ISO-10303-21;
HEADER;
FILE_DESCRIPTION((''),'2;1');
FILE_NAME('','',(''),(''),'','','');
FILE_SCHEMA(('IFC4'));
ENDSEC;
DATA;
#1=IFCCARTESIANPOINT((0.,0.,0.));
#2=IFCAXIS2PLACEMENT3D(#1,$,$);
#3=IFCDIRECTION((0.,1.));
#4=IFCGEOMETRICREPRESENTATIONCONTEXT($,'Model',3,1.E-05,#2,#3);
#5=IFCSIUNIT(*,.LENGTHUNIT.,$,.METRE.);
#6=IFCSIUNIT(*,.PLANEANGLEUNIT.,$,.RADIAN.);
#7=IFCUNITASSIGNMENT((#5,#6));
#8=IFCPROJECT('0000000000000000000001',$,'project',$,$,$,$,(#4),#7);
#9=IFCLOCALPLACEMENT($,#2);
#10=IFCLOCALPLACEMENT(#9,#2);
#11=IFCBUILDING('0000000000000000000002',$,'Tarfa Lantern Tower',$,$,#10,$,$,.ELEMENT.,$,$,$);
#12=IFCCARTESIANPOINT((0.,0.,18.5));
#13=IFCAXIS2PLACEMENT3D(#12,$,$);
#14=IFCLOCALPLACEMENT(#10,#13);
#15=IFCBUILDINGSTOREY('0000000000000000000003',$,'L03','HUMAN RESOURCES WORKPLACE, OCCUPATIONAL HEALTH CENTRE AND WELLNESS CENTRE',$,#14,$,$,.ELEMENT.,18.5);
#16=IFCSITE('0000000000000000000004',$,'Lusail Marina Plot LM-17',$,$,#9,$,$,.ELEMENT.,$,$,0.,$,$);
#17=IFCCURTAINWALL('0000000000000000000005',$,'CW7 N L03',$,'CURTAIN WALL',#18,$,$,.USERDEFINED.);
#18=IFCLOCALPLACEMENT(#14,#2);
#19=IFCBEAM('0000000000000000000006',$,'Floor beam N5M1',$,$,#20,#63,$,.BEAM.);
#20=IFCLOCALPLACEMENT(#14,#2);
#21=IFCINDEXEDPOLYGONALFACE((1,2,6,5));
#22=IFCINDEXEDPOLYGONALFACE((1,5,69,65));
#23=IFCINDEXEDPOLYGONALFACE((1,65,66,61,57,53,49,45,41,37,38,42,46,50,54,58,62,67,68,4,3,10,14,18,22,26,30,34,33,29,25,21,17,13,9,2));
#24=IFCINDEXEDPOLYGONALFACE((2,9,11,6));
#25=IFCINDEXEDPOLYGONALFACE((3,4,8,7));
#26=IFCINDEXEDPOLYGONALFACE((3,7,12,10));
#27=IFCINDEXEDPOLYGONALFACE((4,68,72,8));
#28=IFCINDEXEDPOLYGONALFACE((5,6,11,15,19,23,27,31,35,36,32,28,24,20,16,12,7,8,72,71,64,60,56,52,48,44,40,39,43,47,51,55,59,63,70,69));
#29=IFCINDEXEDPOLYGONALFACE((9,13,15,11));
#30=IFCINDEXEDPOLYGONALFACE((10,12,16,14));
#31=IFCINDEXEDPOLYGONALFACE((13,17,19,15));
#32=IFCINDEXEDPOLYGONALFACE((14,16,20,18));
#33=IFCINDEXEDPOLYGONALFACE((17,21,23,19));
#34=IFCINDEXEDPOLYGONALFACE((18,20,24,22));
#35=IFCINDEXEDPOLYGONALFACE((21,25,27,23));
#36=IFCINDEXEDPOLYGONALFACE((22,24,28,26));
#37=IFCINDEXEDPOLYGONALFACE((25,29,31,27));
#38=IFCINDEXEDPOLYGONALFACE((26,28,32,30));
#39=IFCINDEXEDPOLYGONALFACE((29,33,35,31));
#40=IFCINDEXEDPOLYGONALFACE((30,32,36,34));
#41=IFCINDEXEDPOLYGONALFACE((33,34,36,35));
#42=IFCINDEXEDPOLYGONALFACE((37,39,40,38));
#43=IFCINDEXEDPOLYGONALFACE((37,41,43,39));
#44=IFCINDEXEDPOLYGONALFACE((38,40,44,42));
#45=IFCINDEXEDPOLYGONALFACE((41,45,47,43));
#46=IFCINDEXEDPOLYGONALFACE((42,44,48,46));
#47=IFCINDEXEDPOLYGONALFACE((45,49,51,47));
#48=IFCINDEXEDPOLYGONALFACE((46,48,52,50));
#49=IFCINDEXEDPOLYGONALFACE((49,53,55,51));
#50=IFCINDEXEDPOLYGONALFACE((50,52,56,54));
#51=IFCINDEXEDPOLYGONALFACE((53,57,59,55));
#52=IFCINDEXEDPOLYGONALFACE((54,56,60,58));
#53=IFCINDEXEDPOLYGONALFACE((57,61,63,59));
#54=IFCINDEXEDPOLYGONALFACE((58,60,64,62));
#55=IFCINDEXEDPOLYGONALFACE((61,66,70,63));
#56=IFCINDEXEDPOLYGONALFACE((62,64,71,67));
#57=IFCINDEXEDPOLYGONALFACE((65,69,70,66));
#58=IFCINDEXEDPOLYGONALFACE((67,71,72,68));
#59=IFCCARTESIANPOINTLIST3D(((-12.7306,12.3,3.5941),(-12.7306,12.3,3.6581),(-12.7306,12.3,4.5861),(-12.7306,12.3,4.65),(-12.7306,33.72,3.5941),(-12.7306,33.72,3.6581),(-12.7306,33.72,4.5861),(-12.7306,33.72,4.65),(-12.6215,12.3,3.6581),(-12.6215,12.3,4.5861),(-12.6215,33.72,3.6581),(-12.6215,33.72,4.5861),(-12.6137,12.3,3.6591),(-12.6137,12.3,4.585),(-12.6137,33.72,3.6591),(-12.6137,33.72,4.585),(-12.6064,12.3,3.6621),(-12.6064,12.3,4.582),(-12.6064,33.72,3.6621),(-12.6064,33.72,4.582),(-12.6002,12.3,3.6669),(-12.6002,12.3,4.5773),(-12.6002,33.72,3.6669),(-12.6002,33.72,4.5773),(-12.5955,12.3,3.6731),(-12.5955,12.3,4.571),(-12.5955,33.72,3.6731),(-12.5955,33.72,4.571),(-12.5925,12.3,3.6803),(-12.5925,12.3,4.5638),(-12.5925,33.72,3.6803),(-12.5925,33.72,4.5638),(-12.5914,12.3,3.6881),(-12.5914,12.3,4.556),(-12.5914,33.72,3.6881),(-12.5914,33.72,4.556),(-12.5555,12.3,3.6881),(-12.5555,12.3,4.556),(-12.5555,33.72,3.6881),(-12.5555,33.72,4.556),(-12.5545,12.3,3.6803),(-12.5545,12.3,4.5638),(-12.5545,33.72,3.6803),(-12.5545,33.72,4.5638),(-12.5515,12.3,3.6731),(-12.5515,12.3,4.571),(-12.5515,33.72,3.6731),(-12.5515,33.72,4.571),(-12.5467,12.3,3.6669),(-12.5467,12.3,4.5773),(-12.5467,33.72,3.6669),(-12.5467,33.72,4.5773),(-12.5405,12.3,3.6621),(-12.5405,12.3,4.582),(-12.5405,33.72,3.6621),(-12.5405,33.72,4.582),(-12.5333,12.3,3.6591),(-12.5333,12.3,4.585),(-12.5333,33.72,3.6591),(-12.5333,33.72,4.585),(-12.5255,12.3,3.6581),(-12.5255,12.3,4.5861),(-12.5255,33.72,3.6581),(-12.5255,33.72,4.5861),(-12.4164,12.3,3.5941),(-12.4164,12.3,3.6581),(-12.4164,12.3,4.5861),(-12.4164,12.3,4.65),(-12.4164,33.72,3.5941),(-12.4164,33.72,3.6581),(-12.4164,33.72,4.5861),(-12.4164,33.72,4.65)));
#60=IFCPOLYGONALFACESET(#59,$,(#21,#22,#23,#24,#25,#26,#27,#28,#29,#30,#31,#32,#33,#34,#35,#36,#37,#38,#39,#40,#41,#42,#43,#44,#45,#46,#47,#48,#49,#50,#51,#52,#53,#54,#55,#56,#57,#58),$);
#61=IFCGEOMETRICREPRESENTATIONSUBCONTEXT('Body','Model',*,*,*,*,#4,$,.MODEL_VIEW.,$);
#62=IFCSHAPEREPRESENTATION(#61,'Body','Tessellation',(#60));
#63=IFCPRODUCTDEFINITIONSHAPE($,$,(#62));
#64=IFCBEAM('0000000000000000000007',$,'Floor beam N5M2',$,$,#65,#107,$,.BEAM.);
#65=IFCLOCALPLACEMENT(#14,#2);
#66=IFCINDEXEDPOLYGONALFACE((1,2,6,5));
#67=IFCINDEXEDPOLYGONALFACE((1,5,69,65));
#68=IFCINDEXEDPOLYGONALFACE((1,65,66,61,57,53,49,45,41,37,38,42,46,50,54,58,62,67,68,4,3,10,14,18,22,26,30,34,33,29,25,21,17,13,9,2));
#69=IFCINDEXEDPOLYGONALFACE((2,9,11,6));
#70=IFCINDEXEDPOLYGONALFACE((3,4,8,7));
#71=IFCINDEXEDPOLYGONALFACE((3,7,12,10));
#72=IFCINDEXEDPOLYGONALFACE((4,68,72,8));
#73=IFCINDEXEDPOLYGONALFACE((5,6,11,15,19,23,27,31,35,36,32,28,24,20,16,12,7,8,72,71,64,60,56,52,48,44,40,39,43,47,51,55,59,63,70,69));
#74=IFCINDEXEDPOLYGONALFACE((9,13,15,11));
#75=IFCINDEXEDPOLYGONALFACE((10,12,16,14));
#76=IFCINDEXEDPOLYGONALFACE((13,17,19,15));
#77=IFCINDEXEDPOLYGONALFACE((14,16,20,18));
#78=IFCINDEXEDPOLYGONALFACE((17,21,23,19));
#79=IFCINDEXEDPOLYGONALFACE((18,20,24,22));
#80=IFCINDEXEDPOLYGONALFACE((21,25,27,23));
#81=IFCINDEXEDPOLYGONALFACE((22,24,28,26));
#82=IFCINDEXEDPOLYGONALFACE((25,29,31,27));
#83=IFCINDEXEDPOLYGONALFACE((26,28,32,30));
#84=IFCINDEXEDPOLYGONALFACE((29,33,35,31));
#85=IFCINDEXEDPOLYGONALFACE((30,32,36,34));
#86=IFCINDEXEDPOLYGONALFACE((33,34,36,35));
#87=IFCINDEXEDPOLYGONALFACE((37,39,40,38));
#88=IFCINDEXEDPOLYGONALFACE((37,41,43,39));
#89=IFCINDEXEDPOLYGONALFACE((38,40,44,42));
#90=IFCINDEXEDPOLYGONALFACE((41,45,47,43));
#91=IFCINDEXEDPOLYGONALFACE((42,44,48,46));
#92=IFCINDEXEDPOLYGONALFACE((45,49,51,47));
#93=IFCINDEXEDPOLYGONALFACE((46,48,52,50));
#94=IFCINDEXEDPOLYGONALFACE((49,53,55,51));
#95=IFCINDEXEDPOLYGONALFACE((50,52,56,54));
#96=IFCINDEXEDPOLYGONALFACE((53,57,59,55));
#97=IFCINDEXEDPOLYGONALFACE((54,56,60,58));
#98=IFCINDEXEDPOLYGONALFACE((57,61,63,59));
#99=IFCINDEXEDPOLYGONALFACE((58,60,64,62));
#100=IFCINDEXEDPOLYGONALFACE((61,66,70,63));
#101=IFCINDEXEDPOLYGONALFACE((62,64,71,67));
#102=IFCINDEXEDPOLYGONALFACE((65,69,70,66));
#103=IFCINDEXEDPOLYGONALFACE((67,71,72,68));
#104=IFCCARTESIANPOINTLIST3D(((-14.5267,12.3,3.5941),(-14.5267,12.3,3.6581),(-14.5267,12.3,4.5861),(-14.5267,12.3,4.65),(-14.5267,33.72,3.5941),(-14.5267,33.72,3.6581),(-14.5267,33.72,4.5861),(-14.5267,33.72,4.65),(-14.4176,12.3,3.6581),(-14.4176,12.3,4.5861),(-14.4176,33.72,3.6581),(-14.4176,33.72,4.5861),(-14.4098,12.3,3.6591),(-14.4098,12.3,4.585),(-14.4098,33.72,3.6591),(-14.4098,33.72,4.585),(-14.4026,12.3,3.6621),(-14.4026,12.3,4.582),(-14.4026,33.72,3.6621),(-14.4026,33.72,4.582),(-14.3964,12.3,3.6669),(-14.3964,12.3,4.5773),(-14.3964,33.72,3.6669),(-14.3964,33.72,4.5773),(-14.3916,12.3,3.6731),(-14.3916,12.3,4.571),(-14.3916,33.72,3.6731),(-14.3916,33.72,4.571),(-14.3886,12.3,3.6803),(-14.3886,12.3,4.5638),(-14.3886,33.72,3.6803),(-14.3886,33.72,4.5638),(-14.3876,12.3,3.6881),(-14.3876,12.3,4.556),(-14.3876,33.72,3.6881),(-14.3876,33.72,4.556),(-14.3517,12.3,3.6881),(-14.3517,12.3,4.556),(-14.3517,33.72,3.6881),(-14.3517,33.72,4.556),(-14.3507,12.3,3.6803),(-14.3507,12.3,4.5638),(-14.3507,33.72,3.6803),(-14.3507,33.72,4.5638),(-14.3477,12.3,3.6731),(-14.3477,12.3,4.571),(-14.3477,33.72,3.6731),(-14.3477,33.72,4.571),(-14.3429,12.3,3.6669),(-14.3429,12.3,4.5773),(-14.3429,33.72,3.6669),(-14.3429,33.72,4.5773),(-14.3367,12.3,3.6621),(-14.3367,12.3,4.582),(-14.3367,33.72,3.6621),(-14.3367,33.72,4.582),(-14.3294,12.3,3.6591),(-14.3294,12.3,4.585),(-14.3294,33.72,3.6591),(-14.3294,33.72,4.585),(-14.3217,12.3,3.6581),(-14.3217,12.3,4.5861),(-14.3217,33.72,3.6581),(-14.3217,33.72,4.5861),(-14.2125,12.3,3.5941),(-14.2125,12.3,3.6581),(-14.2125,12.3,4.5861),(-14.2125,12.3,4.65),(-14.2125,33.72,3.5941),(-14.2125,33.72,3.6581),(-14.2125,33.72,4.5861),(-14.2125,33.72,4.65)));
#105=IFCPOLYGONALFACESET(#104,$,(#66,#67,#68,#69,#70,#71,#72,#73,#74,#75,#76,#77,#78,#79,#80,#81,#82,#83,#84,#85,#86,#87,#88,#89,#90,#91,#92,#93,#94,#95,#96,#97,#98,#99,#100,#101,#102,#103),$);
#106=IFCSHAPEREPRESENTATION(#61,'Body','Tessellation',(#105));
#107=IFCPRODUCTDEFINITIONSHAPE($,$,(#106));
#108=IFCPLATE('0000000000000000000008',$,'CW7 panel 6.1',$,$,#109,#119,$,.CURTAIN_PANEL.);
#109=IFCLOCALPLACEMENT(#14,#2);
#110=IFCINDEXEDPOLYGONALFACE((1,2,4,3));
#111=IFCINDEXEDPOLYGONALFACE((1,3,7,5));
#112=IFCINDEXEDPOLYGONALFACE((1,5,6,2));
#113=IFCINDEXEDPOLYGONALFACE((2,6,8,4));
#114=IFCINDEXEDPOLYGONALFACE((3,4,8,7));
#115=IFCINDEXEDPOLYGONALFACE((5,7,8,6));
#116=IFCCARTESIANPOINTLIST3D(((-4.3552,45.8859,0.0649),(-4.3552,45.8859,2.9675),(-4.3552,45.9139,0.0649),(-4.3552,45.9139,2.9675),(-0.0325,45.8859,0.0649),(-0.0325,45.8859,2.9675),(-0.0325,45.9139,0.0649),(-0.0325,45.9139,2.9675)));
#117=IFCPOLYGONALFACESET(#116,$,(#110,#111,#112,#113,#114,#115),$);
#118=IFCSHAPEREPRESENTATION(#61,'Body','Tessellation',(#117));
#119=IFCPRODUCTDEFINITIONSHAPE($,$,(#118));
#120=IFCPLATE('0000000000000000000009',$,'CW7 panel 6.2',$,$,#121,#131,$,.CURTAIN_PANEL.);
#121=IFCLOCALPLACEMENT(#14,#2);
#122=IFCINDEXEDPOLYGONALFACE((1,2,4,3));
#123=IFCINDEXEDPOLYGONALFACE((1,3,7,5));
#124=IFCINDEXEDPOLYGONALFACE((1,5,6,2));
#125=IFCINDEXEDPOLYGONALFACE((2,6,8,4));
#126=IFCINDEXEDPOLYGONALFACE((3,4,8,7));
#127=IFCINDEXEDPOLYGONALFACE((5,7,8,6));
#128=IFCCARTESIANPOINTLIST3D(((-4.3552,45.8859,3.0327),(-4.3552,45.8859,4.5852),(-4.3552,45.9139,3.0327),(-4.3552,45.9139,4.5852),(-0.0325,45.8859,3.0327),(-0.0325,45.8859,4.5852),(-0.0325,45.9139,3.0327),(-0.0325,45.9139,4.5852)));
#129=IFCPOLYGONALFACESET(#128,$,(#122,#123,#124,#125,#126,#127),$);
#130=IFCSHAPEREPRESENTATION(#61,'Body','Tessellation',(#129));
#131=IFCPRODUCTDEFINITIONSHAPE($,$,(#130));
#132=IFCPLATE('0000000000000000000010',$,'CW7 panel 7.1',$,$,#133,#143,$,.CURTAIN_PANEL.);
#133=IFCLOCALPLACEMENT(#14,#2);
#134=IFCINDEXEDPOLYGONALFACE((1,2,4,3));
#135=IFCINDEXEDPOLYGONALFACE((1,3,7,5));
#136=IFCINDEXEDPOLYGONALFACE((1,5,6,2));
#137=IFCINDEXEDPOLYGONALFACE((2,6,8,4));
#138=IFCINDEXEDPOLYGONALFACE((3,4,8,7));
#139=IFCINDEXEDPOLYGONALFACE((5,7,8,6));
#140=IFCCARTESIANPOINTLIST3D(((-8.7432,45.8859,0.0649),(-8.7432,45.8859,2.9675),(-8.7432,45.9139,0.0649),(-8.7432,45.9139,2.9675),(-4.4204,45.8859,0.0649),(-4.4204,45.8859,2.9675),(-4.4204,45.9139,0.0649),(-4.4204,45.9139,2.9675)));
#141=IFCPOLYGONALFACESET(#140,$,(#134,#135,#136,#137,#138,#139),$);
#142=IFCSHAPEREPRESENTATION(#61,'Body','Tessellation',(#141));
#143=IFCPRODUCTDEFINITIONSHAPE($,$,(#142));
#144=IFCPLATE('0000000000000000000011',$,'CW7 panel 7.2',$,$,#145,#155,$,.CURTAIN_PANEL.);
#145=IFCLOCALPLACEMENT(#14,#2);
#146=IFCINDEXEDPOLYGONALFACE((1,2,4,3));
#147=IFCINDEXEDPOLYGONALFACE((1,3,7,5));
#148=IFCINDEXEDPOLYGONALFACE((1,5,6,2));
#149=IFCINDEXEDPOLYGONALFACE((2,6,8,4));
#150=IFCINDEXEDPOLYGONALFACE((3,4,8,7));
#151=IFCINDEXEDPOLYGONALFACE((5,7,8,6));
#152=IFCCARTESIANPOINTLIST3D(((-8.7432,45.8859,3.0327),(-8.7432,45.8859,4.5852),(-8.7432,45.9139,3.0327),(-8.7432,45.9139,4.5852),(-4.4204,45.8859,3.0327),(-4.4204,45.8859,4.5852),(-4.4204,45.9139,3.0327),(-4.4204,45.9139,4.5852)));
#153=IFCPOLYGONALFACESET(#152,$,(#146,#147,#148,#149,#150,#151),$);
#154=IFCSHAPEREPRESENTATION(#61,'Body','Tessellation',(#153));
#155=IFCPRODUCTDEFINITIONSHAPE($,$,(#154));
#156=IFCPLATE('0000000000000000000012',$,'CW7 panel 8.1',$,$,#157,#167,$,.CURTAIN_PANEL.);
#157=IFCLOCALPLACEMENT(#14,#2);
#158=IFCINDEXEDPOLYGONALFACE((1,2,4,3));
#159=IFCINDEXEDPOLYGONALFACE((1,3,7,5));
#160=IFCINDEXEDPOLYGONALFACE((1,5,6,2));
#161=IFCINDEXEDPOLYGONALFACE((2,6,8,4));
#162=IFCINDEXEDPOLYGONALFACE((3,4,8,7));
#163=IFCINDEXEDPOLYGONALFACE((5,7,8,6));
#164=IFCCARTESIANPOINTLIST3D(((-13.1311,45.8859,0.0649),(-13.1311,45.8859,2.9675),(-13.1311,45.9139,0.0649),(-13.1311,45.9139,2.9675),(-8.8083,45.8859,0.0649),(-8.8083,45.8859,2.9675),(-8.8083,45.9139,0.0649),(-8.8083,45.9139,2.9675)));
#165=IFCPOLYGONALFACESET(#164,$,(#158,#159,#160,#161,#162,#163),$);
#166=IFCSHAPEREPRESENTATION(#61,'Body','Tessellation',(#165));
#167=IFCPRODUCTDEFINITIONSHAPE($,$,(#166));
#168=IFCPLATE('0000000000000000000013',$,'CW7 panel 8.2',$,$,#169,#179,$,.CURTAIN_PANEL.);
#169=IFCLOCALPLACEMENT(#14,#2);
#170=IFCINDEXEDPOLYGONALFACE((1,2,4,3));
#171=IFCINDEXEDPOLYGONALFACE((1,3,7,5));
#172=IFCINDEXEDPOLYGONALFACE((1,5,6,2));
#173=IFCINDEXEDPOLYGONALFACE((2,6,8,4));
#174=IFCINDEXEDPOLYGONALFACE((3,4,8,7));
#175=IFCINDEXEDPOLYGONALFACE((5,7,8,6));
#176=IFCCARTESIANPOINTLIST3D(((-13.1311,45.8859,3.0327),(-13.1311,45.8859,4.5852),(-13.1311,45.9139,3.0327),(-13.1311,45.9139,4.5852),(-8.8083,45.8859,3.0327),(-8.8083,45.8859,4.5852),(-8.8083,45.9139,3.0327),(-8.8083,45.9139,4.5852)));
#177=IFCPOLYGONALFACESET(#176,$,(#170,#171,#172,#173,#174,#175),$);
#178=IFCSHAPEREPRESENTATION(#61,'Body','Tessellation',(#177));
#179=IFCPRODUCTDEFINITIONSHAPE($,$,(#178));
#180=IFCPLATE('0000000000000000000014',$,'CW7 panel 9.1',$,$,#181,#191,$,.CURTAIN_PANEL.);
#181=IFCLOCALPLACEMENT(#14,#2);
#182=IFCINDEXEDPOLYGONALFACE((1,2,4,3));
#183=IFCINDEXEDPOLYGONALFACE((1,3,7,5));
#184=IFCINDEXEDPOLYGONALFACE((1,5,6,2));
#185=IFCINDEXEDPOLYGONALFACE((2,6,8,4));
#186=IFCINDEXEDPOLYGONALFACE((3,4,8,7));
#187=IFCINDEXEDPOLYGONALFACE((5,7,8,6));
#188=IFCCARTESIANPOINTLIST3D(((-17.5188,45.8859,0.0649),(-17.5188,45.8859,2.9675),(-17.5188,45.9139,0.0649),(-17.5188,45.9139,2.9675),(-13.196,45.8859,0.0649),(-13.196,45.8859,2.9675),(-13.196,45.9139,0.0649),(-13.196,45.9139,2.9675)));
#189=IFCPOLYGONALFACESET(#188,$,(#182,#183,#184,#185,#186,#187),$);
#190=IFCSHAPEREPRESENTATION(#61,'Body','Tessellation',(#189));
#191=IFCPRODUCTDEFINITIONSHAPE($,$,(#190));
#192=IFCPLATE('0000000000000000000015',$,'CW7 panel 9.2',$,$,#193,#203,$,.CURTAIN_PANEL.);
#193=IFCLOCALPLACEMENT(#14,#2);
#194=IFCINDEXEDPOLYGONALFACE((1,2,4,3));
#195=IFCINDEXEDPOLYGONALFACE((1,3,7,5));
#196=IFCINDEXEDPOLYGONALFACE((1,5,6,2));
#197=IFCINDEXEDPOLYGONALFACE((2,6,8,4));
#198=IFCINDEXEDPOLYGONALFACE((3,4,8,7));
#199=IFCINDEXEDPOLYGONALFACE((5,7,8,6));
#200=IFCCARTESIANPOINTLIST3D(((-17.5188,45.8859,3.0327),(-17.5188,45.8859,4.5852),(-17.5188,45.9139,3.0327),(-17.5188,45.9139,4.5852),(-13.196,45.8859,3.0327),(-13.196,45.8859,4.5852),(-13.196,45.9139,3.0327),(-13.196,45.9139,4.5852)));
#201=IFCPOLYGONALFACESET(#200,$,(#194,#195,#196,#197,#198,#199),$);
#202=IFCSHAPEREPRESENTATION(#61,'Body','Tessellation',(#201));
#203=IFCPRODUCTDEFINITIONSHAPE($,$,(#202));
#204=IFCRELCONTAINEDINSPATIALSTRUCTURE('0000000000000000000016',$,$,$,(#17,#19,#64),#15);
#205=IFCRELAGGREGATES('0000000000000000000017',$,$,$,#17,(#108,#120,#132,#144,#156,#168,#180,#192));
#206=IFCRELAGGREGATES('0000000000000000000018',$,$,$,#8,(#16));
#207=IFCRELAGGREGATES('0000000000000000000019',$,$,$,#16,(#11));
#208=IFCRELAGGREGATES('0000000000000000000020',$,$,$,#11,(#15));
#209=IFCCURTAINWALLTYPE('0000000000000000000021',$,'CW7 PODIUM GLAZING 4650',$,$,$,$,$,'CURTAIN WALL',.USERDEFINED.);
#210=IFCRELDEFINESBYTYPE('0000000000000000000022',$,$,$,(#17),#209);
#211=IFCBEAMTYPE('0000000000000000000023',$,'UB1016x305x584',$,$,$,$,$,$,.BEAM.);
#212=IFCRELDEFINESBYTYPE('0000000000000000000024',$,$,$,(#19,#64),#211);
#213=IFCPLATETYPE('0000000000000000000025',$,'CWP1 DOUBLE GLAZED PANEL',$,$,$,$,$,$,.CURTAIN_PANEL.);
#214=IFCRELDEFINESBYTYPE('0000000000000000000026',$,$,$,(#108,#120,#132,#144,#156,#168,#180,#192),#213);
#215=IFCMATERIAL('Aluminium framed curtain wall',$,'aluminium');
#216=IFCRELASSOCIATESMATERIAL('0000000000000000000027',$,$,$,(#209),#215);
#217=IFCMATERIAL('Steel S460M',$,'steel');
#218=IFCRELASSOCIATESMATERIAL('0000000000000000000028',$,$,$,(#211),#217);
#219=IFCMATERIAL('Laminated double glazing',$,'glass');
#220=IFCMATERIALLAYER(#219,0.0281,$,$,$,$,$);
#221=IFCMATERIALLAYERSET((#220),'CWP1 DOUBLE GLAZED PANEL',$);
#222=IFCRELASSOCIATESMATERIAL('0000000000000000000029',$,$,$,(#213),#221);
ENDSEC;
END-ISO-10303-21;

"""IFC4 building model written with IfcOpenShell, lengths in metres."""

from ifc_helpers import new_model, si_unit, direction, frame, origin, origin_2d, place, context, subcontext, project, spatial, rectangle, i_section, extrude, material, layer, layer_set, material_profile, profile_set, type_object, element, aggregate, save


model = new_model("IFC4")

# Units and contexts
model_context = context("Model", 3, precision=1e-05, world=origin(), true_north=direction((0.0, 1.0)))
body_context = subcontext(model_context, "Body", "Model", "MODEL_VIEW")
ifc_project = project(units=[si_unit("LENGTHUNIT", "METRE"), si_unit("PLANEANGLEUNIT", "RADIAN")], contexts=[model_context])

# Site, building, storey
site_placement = place(None, origin())
site = spatial("IfcSite", under=ifc_project, at=site_placement, Name="Lusail Marina Plot LM-17", CompositionType="ELEMENT", RefElevation=0.0)
building_placement = place(site_placement, origin())
building = spatial("IfcBuilding", under=site, at=building_placement, Name="Tarfa Lantern Tower", CompositionType="ELEMENT")
storey_placement = place(building_placement, frame((0.0, 0.0, 18.5)))
storey = spatial("IfcBuildingStorey", under=building, at=storey_placement, Name="L03", Description="HUMAN RESOURCES WORKPLACE, OCCUPATIONAL HEALTH CENTRE AND WELLNESS CENTRE", CompositionType="ELEMENT", Elevation=18.5)

# Curtain wall
ifc_material_1 = material(Name="Aluminium framed curtain wall", Category="aluminium")
curtain_wall_type = type_object("IfcCurtainWallType", Name="CW7 PODIUM GLAZING 4650", ElementType="CURTAIN WALL", PredefinedType="USERDEFINED", material=ifc_material_1)
curtain_wall_placement = place(storey_placement, origin())
curtain_wall = element("IfcCurtainWall", 1, at=curtain_wall_placement, inside=storey, type_object=curtain_wall_type, Name="CW7 N L03", ObjectType="CURTAIN WALL", PredefinedType="USERDEFINED")

# Beams
ifc_material_2 = material(Name="Steel S460M", Category="steel")
ifc_material_profile_1 = material_profile(ifc_material_2, i_section(OverallWidth=0.3142, OverallDepth=1.0559, WebThickness=0.0359, FlangeThickness=0.064, FilletRadius=0.03, at=origin_2d()), Name="UB1016x305x584")
ifc_profile_set_1 = profile_set([ifc_material_profile_1], Name="Steel S460M")
beam_type_1 = type_object("IfcBeamType", Name="UB1016x305x584", PredefinedType="BEAM", material=ifc_profile_set_1)
for number, where, z_axis, x_axis, name in (
    (2, (-12.5735, 33.72, 4.1221), (0.0, -1.0, 0.0), (1.0, 0.0, 0.0), "Floor beam N5M1"),
    (3, (-14.3696, 33.72, 4.1221), (0.0, -1.0, 0.0), (1.0, 0.0, 0.0), "Floor beam N5M2"),
):
    element("IfcBeam", number, at=place(storey_placement, frame(where, z_axis=z_axis, x_axis=x_axis)), inside=storey, type_object=beam_type_1, Name=name, PredefinedType="BEAM", context=body_context, shape_type="SweptSolid", body=[
        extrude(i_section(OverallWidth=0.3142, OverallDepth=1.0559, WebThickness=0.0359, FlangeThickness=0.064, FilletRadius=0.03, at=origin_2d()), origin(), (0.0, 0.0, 1.0), 21.4199),
    ])

# Plates
ifc_material_3 = material(Name="Laminated double glazing", Category="glass")
ifc_layer_1 = layer(ifc_material_3, 0.0281)
ifc_layer_set_1 = layer_set([ifc_layer_1], Name="CWP1 DOUBLE GLAZED PANEL")
plate_type = type_object("IfcPlateType", Name="CWP1 DOUBLE GLAZED PANEL", PredefinedType="CURTAIN_PANEL", material=ifc_layer_set_1)
plate_1_placement = place(storey_placement, frame((-2.1938, 45.8999, 0.0649), z_axis=(0.0, 0.0, 1.0), x_axis=(-1.0, 0.0, 0.0)))
plate_1 = element("IfcPlate", 4, at=plate_1_placement, type_object=plate_type, Name="CW7 panel 6.1", PredefinedType="CURTAIN_PANEL", context=body_context, shape_type="SweptSolid", body=[
    extrude(rectangle(XDim=4.3228, YDim=0.0281, at=origin_2d()), origin(), (0.0, 0.0, 1.0), 2.9026),
])
plate_2_placement = place(storey_placement, frame((-2.1938, 45.8999, 3.0327), z_axis=(0.0, 0.0, 1.0), x_axis=(-1.0, 0.0, 0.0)))
plate_2 = element("IfcPlate", 5, at=plate_2_placement, type_object=plate_type, Name="CW7 panel 6.2", PredefinedType="CURTAIN_PANEL", context=body_context, shape_type="SweptSolid", body=[
    extrude(rectangle(XDim=4.3228, YDim=0.0281, at=origin_2d()), origin(), (0.0, 0.0, 1.0), 1.5525),
])
plate_3_placement = place(storey_placement, frame((-6.5818, 45.8999, 0.0649), z_axis=(0.0, 0.0, 1.0), x_axis=(-1.0, 0.0, 0.0)))
plate_3 = element("IfcPlate", 6, at=plate_3_placement, type_object=plate_type, Name="CW7 panel 7.1", PredefinedType="CURTAIN_PANEL", context=body_context, shape_type="SweptSolid", body=[
    extrude(rectangle(XDim=4.3228, YDim=0.0281, at=origin_2d()), origin(), (0.0, 0.0, 1.0), 2.9026),
])
plate_4_placement = place(storey_placement, frame((-6.5818, 45.8999, 3.0327), z_axis=(0.0, 0.0, 1.0), x_axis=(-1.0, 0.0, 0.0)))
plate_4 = element("IfcPlate", 7, at=plate_4_placement, type_object=plate_type, Name="CW7 panel 7.2", PredefinedType="CURTAIN_PANEL", context=body_context, shape_type="SweptSolid", body=[
    extrude(rectangle(XDim=4.3228, YDim=0.0281, at=origin_2d()), origin(), (0.0, 0.0, 1.0), 1.5525),
])
plate_5_placement = place(storey_placement, frame((-10.9697, 45.8999, 0.0649), z_axis=(0.0, 0.0, 1.0), x_axis=(-1.0, 0.0, 0.0)))
plate_5 = element("IfcPlate", 8, at=plate_5_placement, type_object=plate_type, Name="CW7 panel 8.1", PredefinedType="CURTAIN_PANEL", context=body_context, shape_type="SweptSolid", body=[
    extrude(rectangle(XDim=4.3228, YDim=0.0281, at=origin_2d()), origin(), (0.0, 0.0, 1.0), 2.9026),
])
plate_6_placement = place(storey_placement, frame((-10.9697, 45.8999, 3.0327), z_axis=(0.0, 0.0, 1.0), x_axis=(-1.0, 0.0, 0.0)))
plate_6 = element("IfcPlate", 9, at=plate_6_placement, type_object=plate_type, Name="CW7 panel 8.2", PredefinedType="CURTAIN_PANEL", context=body_context, shape_type="SweptSolid", body=[
    extrude(rectangle(XDim=4.3228, YDim=0.0281, at=origin_2d()), origin(), (0.0, 0.0, 1.0), 1.5525),
])
plate_7_placement = place(storey_placement, frame((-15.3574, 45.8999, 0.0649), z_axis=(0.0, 0.0, 1.0), x_axis=(-1.0, 0.0, 0.0)))
plate_7 = element("IfcPlate", 10, at=plate_7_placement, type_object=plate_type, Name="CW7 panel 9.1", PredefinedType="CURTAIN_PANEL", context=body_context, shape_type="SweptSolid", body=[
    extrude(rectangle(XDim=4.3228, YDim=0.0281, at=origin_2d()), origin(), (0.0, 0.0, 1.0), 2.9026),
])
plate_8_placement = place(storey_placement, frame((-15.3574, 45.8999, 3.0327), z_axis=(0.0, 0.0, 1.0), x_axis=(-1.0, 0.0, 0.0)))
plate_8 = element("IfcPlate", 11, at=plate_8_placement, type_object=plate_type, Name="CW7 panel 9.2", PredefinedType="CURTAIN_PANEL", context=body_context, shape_type="SweptSolid", body=[
    extrude(rectangle(XDim=4.3228, YDim=0.0281, at=origin_2d()), origin(), (0.0, 0.0, 1.0), 1.5525),
])
aggregate(curtain_wall, [plate_1, plate_2, plate_3, plate_4, plate_5, plate_6, plate_7, plate_8])

save(model, "model.ifc")
